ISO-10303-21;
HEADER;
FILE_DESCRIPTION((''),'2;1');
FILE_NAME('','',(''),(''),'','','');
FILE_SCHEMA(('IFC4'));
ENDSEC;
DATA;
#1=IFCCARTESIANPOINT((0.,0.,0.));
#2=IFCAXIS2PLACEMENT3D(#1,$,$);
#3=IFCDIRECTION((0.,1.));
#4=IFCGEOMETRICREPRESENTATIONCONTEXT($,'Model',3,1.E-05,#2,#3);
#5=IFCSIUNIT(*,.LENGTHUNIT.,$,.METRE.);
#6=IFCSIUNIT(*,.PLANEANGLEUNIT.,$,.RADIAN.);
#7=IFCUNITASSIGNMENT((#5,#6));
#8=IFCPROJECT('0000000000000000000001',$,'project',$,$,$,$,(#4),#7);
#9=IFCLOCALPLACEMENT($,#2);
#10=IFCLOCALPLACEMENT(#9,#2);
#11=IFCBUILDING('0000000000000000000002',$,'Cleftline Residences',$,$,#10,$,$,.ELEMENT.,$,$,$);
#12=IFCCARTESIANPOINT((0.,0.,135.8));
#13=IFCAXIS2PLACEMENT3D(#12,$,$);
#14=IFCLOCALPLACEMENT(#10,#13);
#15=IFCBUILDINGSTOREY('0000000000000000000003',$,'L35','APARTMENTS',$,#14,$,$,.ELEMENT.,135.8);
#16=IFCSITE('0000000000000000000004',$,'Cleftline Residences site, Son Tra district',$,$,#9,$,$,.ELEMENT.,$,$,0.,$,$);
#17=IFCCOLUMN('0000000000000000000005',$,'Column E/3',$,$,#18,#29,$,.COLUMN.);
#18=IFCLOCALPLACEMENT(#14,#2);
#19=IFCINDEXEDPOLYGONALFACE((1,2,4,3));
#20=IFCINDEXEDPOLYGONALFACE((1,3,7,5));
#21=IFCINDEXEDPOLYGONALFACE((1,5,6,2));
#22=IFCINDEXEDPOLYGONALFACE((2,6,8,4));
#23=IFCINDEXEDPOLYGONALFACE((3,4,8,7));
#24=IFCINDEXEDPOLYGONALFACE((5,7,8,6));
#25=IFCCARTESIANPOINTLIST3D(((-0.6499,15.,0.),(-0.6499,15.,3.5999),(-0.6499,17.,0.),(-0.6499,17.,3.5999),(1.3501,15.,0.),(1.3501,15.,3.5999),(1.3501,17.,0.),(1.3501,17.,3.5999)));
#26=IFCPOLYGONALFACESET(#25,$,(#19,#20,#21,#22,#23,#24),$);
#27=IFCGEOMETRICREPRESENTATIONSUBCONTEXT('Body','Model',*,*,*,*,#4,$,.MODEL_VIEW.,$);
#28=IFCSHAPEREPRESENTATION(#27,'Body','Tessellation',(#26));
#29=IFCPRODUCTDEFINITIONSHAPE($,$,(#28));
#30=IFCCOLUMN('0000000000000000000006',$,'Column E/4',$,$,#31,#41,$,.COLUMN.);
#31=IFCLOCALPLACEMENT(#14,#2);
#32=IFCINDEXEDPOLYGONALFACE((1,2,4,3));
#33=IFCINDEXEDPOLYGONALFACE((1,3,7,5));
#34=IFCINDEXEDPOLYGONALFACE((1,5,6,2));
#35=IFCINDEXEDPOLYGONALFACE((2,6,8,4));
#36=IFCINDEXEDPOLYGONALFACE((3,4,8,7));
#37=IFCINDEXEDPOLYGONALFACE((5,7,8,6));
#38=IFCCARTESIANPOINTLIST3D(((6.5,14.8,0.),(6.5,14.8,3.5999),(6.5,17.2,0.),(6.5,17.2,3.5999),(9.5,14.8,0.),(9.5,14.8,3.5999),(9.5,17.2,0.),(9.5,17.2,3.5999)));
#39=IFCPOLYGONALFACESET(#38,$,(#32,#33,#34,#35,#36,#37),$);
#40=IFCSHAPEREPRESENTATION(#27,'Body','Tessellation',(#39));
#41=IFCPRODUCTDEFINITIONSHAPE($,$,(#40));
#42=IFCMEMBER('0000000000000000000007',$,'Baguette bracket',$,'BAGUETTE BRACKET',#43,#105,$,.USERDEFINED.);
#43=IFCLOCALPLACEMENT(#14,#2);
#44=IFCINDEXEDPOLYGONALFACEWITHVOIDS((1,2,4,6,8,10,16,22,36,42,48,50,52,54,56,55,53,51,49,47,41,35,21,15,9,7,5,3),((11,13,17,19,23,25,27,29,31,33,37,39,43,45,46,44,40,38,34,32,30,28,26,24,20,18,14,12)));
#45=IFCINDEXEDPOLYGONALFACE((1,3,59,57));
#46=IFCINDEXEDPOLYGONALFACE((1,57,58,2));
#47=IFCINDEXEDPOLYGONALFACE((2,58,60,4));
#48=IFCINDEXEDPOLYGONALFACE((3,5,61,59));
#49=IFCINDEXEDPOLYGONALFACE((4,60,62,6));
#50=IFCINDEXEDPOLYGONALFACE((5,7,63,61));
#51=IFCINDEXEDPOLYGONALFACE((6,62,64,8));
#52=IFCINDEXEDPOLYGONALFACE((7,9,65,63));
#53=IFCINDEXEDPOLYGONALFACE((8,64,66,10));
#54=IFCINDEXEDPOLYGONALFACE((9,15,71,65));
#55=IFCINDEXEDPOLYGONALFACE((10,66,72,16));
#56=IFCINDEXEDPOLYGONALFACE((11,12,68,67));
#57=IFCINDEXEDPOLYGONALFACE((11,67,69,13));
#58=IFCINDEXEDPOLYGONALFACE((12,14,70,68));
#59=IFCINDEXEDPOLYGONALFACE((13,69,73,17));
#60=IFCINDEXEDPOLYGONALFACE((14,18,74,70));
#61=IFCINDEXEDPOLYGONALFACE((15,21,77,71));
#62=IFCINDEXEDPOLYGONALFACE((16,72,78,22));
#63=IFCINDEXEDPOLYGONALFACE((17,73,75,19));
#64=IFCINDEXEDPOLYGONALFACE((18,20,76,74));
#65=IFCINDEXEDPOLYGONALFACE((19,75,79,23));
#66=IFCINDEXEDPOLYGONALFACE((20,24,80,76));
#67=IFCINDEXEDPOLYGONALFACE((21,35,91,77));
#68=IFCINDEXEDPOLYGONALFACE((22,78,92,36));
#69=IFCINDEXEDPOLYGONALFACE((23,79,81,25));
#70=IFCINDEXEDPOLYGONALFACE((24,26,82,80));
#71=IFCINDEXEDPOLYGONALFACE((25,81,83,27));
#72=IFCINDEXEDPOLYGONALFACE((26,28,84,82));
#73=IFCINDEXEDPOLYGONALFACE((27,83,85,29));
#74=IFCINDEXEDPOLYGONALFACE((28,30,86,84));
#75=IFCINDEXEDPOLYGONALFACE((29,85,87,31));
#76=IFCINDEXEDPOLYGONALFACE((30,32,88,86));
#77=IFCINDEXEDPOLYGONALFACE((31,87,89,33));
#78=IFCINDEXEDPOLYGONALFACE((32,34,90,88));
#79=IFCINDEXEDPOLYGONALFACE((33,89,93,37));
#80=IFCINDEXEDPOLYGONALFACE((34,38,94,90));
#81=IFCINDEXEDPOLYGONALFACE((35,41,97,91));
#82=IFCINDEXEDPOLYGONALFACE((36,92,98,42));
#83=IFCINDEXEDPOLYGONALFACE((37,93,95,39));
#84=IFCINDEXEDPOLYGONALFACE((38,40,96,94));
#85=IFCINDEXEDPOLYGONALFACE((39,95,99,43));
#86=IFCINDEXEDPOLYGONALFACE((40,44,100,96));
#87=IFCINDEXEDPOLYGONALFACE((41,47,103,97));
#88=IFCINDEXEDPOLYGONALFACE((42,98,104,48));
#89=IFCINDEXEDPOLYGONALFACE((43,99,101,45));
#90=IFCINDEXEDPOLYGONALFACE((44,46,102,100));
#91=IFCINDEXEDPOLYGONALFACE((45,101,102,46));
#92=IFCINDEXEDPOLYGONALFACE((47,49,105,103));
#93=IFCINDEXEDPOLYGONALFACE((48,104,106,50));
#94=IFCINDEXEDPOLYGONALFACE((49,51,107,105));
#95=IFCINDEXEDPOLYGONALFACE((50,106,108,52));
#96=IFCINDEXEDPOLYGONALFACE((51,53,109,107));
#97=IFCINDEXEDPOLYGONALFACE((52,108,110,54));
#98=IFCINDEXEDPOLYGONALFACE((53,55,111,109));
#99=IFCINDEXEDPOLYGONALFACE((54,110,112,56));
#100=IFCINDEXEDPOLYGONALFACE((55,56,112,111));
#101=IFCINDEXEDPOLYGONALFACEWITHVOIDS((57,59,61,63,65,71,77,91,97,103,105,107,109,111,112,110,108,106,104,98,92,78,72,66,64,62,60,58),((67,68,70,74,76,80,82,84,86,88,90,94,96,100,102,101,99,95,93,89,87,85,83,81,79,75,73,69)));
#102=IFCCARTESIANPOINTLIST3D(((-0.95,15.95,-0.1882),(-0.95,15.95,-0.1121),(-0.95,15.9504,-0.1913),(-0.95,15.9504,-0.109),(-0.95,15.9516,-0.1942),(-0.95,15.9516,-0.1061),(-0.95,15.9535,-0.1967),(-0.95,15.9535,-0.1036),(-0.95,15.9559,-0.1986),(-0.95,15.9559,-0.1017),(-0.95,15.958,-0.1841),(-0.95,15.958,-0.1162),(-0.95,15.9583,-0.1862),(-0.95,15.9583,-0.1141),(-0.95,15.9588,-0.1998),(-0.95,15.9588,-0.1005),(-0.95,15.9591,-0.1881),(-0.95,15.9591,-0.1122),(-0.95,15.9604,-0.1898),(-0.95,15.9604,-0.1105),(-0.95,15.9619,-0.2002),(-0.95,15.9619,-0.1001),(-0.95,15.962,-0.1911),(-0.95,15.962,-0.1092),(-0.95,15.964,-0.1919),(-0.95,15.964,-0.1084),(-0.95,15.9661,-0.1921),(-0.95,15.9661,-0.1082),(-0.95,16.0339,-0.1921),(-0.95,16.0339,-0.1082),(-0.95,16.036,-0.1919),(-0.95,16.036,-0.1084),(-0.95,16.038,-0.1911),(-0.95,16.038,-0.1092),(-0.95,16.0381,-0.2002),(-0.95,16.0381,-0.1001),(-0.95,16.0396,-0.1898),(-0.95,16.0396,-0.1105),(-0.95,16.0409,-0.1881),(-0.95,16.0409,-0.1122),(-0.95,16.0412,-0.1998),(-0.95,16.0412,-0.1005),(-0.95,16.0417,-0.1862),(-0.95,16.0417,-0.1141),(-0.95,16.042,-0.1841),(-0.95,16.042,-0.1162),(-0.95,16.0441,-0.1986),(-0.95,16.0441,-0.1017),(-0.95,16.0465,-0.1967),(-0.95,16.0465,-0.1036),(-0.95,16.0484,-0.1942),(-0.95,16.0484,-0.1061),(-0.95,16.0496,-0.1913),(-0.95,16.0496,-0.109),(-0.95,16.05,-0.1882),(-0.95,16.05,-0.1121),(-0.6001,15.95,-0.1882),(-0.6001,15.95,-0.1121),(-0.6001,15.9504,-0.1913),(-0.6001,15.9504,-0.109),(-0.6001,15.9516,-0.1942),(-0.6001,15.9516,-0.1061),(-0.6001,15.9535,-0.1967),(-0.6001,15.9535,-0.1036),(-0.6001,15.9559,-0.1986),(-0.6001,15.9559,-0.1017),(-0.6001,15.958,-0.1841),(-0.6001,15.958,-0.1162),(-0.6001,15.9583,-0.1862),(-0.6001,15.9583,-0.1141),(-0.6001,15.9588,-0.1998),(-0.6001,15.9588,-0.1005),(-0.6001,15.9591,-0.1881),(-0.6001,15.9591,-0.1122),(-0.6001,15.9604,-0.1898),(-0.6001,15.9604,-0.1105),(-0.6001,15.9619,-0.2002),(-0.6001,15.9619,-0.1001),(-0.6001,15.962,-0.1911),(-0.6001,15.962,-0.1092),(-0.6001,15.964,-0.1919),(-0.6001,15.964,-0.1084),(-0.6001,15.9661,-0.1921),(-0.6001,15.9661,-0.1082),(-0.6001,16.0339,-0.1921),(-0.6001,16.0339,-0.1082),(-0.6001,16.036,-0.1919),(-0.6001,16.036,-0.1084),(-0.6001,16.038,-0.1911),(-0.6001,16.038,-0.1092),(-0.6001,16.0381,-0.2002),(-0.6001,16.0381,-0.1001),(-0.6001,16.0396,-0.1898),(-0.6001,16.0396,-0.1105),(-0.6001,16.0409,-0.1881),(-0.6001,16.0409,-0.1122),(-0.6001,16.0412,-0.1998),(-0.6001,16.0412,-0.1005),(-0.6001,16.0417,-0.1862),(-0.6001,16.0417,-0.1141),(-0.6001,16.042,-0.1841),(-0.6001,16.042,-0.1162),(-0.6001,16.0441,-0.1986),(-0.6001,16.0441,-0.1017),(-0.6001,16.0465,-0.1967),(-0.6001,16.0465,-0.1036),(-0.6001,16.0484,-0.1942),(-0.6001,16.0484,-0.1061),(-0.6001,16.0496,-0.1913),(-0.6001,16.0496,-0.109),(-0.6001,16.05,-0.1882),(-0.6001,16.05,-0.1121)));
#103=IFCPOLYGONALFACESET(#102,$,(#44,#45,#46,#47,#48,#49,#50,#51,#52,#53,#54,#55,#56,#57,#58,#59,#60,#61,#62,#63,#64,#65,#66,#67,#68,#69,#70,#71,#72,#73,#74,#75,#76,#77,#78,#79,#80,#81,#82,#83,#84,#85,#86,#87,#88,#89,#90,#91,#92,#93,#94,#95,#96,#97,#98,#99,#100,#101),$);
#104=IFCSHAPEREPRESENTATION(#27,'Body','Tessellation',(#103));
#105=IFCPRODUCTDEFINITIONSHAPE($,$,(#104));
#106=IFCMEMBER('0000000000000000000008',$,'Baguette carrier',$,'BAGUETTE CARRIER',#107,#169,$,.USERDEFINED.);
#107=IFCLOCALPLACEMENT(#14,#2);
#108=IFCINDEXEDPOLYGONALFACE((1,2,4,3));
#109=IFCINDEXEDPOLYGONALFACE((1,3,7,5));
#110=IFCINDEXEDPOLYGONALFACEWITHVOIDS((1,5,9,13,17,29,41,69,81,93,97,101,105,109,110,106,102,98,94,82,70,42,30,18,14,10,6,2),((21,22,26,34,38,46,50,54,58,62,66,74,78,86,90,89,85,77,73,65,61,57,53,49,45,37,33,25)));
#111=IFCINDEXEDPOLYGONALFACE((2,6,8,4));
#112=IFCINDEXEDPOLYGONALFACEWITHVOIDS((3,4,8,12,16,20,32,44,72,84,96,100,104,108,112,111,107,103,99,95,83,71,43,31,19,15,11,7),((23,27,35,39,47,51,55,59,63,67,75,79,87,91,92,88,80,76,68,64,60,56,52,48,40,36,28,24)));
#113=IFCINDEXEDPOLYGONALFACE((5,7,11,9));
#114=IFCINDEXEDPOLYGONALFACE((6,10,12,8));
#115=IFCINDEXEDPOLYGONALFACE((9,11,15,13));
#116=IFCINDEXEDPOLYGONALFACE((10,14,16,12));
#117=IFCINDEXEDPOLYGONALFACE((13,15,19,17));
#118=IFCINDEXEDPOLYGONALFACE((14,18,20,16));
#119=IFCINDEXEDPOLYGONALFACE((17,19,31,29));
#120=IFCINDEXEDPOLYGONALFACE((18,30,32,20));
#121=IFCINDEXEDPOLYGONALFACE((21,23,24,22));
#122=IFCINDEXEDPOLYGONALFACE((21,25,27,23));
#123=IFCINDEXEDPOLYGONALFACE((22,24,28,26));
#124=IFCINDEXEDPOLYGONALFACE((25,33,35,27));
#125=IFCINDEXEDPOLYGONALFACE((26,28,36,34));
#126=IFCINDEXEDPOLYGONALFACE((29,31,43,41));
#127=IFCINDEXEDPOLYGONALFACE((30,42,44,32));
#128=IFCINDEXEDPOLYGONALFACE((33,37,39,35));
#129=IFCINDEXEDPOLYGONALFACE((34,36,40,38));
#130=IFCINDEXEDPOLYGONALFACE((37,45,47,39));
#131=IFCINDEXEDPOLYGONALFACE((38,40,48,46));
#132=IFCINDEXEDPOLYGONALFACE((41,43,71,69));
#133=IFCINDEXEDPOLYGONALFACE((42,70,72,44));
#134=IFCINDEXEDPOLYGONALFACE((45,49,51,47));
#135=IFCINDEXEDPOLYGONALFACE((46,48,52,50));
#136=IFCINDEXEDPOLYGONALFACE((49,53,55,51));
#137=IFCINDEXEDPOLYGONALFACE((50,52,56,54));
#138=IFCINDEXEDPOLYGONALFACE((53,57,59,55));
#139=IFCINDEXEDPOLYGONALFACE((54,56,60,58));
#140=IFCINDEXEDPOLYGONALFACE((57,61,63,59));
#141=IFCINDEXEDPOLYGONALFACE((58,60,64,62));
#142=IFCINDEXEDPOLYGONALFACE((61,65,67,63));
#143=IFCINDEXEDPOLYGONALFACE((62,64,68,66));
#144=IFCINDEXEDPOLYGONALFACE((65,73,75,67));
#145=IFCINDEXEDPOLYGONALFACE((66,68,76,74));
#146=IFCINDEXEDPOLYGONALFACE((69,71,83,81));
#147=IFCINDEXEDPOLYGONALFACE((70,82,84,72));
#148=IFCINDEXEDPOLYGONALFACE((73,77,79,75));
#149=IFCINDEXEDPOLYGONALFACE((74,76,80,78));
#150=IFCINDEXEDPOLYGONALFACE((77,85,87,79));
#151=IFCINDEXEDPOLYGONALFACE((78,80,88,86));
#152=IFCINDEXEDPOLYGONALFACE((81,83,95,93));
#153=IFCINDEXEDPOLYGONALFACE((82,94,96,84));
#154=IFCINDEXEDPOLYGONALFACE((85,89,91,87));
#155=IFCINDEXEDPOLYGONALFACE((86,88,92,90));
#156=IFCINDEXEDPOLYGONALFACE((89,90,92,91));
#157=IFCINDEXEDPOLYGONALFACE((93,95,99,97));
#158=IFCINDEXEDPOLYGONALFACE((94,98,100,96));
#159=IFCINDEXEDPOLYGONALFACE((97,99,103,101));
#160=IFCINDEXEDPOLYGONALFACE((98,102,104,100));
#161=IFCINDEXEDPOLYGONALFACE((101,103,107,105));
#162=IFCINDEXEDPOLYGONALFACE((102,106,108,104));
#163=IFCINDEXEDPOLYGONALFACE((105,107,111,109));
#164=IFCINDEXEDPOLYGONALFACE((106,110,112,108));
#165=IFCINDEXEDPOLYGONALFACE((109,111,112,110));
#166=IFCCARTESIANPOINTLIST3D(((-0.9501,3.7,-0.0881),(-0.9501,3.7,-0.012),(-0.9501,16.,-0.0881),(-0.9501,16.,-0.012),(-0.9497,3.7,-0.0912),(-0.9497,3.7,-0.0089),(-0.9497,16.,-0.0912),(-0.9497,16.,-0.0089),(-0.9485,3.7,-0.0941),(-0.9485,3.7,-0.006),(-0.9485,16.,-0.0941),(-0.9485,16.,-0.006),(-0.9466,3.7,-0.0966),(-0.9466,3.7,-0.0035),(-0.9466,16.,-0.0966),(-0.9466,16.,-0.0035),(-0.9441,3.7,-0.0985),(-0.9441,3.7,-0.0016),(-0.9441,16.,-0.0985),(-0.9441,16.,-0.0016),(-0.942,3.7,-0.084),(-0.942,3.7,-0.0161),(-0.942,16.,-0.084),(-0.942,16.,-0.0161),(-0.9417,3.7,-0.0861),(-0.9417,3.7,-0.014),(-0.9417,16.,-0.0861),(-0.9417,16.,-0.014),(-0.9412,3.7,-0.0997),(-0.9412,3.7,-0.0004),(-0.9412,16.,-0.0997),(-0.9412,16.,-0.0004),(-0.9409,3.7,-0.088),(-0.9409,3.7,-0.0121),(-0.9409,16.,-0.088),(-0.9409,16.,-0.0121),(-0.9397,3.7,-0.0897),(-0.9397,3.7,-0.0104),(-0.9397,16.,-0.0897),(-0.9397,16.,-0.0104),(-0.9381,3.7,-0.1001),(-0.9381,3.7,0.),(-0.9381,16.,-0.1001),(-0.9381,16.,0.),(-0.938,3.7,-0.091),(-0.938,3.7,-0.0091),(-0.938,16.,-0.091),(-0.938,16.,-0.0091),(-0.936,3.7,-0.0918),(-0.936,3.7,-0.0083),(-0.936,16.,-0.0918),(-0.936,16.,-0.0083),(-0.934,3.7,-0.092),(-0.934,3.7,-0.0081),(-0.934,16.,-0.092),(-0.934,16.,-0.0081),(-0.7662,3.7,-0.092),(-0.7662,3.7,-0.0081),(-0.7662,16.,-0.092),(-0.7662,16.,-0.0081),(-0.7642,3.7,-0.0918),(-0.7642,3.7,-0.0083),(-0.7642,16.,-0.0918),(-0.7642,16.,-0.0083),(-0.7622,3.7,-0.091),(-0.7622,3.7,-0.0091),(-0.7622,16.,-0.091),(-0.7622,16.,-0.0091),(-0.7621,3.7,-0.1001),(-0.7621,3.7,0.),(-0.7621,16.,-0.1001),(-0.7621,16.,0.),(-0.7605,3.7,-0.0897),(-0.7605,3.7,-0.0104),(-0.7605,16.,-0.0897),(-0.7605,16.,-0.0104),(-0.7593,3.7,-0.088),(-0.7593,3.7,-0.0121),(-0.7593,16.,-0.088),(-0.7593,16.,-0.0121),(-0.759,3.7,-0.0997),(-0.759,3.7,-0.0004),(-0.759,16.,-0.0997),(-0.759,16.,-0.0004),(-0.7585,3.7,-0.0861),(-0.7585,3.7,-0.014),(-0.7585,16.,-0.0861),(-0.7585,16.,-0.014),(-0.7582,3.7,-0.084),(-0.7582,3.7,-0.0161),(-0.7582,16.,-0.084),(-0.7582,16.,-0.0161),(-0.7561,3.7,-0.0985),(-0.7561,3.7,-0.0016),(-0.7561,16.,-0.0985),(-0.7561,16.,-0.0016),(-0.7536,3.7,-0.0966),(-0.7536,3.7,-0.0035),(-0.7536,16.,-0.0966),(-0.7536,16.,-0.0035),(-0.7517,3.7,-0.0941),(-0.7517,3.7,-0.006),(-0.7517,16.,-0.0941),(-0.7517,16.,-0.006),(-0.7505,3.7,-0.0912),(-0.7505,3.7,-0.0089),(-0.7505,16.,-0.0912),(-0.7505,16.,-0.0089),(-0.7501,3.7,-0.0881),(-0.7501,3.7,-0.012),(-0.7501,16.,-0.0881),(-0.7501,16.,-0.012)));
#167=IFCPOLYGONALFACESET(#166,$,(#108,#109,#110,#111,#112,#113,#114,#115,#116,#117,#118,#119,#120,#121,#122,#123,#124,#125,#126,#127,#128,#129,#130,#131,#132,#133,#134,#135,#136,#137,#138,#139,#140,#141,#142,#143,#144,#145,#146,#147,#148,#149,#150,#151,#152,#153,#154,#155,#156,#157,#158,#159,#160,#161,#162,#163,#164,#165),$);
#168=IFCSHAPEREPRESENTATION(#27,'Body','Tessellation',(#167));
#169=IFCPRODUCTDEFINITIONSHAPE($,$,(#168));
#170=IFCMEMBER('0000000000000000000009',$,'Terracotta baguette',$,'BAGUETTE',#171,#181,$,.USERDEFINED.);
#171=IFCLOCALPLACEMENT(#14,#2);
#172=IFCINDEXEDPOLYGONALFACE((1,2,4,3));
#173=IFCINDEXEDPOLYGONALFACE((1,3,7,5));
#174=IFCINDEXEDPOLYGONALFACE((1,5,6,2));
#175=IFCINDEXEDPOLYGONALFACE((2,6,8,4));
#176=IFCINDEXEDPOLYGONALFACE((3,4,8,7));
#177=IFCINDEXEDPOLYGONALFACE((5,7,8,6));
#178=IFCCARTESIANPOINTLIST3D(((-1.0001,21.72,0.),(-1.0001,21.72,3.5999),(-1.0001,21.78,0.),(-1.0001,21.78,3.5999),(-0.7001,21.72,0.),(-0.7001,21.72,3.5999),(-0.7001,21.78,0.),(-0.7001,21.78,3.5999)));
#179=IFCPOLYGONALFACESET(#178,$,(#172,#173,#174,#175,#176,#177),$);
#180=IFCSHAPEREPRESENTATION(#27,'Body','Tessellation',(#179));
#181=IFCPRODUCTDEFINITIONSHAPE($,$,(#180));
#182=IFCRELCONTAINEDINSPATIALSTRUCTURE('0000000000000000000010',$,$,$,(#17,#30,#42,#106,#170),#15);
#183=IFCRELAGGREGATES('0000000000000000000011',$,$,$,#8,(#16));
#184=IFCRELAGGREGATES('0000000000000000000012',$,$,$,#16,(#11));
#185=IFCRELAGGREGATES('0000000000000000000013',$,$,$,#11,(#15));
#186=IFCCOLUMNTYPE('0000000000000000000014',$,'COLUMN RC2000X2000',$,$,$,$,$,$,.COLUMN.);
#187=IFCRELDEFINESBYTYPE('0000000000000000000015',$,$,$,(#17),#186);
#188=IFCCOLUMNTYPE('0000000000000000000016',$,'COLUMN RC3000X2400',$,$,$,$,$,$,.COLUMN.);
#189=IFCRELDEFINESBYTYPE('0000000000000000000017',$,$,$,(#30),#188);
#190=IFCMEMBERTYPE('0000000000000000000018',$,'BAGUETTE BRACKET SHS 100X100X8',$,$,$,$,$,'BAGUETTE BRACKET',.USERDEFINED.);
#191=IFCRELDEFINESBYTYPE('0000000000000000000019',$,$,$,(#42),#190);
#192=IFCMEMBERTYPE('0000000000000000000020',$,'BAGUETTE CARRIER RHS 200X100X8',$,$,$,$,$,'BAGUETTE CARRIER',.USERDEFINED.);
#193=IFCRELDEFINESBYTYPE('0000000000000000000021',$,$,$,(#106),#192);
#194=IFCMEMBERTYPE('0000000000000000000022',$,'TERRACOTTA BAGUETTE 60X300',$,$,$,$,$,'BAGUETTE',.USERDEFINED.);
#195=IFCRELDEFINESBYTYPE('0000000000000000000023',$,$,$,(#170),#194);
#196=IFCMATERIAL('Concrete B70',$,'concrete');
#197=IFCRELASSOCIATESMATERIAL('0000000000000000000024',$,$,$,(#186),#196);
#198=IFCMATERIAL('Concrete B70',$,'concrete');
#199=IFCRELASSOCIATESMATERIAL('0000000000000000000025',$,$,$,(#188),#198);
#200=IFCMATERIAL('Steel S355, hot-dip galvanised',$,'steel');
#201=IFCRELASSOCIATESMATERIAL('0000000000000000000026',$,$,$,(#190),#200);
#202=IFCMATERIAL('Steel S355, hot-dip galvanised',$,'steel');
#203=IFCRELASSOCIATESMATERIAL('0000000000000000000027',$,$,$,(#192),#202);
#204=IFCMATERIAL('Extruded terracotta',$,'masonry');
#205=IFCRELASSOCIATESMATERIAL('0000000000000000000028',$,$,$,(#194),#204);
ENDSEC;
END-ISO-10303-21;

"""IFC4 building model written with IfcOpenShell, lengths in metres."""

from ifc_helpers import new_model, si_unit, direction, frame, origin, origin_2d, place, context, subcontext, project, spatial, rectangle, hollow_rectangle, extrude, material, material_profile, profile_set, type_object, element, save


model = new_model("IFC4")

# Units and contexts
model_context = context("Model", 3, precision=1e-05, world=origin(), true_north=direction((0.0, 1.0)))
body_context = subcontext(model_context, "Body", "Model", "MODEL_VIEW")
ifc_project = project(units=[si_unit("LENGTHUNIT", "METRE"), si_unit("PLANEANGLEUNIT", "RADIAN")], contexts=[model_context])

# Site, building, storey
site_placement = place(None, origin())
site = spatial("IfcSite", under=ifc_project, at=site_placement, Name="Cleftline Residences site, Son Tra district", CompositionType="ELEMENT", RefElevation=0.0)
building_placement = place(site_placement, origin())
building = spatial("IfcBuilding", under=site, at=building_placement, Name="Cleftline Residences", CompositionType="ELEMENT")
storey_placement = place(building_placement, frame((0.0, 0.0, 135.8)))
storey = spatial("IfcBuildingStorey", under=building, at=storey_placement, Name="L35", Description="APARTMENTS", CompositionType="ELEMENT", Elevation=135.8)

# Columns
ifc_material_1 = material(Name="Concrete B70", Category="concrete")
ifc_material_profile_1 = material_profile(ifc_material_1, rectangle(XDim=2.0, YDim=2.0, at=origin_2d()))
ifc_profile_set_1 = profile_set([ifc_material_profile_1], Name="Concrete B70")
column_type_1 = type_object("IfcColumnType", Name="COLUMN RC2000X2000", PredefinedType="COLUMN", material=ifc_profile_set_1)
column_1_placement = place(storey_placement, frame((0.3501, 16.0, 0.0), z_axis=(0.0, 0.0, 1.0), x_axis=(1.0, 0.0, 0.0)))
element("IfcColumn", 1, at=column_1_placement, inside=storey, type_object=column_type_1, Name="Column E/3", PredefinedType="COLUMN", context=body_context, shape_type="SweptSolid", body=[
    extrude(rectangle(XDim=2.0, YDim=2.0, at=origin_2d()), origin(), (0.0, 0.0, 1.0), 3.5999),
])
ifc_material_2 = material(Name="Concrete B70", Category="concrete")
ifc_material_profile_2 = material_profile(ifc_material_2, rectangle(XDim=3.0, YDim=2.3999, at=origin_2d()))
ifc_profile_set_2 = profile_set([ifc_material_profile_2], Name="Concrete B70")
column_type_2 = type_object("IfcColumnType", Name="COLUMN RC3000X2400", PredefinedType="COLUMN", material=ifc_profile_set_2)
column_2_placement = place(storey_placement, frame((8.0, 16.0, 0.0), z_axis=(0.0, 0.0, 1.0), x_axis=(1.0, 0.0, 0.0)))
element("IfcColumn", 2, at=column_2_placement, inside=storey, type_object=column_type_2, Name="Column E/4", PredefinedType="COLUMN", context=body_context, shape_type="SweptSolid", body=[
    extrude(rectangle(XDim=3.0, YDim=2.3999, at=origin_2d()), origin(), (0.0, 0.0, 1.0), 3.5999),
])

# Members
ifc_material_3 = material(Name="Steel S355, hot-dip galvanised", Category="steel")
ifc_material_profile_3 = material_profile(ifc_material_3, hollow_rectangle(XDim=0.1001, YDim=0.1001, WallThickness=0.0081, InnerFilletRadius=0.0081, OuterFilletRadius=0.012, at=origin_2d()))
ifc_profile_set_3 = profile_set([ifc_material_profile_3], Name="Steel S355, hot-dip galvanised")
member_type_1 = type_object("IfcMemberType", Name="BAGUETTE BRACKET SHS 100X100X8", ElementType="BAGUETTE BRACKET", PredefinedType="USERDEFINED", material=ifc_profile_set_3)
member_1_placement = place(storey_placement, frame((-0.6001, 16.0, -0.1501), z_axis=(-1.0, 0.0, 0.0), x_axis=(0.0, -1.0, 0.0)))
element("IfcMember", 3, at=member_1_placement, inside=storey, type_object=member_type_1, Name="Baguette bracket", ObjectType="BAGUETTE BRACKET", PredefinedType="USERDEFINED", context=body_context, shape_type="SweptSolid", body=[
    extrude(hollow_rectangle(XDim=0.1001, YDim=0.1001, WallThickness=0.0081, InnerFilletRadius=0.0081, OuterFilletRadius=0.012, at=origin_2d()), origin(), (0.0, 0.0, 1.0), 0.3499),
])
ifc_material_4 = material(Name="Steel S355, hot-dip galvanised", Category="steel")
ifc_material_profile_4 = material_profile(ifc_material_4, hollow_rectangle(XDim=0.1001, YDim=0.2, WallThickness=0.0081, InnerFilletRadius=0.0081, OuterFilletRadius=0.012, at=origin_2d()))
ifc_profile_set_4 = profile_set([ifc_material_profile_4], Name="Steel S355, hot-dip galvanised")
member_type_2 = type_object("IfcMemberType", Name="BAGUETTE CARRIER RHS 200X100X8", ElementType="BAGUETTE CARRIER", PredefinedType="USERDEFINED", material=ifc_profile_set_4)
member_2_placement = place(storey_placement, frame((-0.8501, 16.0, -0.05), z_axis=(0.0, -1.0, 0.0), x_axis=(0.0, 0.0, 1.0)))
element("IfcMember", 4, at=member_2_placement, inside=storey, type_object=member_type_2, Name="Baguette carrier", ObjectType="BAGUETTE CARRIER", PredefinedType="USERDEFINED", context=body_context, shape_type="SweptSolid", body=[
    extrude(hollow_rectangle(XDim=0.1001, YDim=0.2, WallThickness=0.0081, InnerFilletRadius=0.0081, OuterFilletRadius=0.012, at=origin_2d()), origin(), (0.0, 0.0, 1.0), 12.3),
])
ifc_material_5 = material(Name="Extruded terracotta", Category="masonry")
ifc_material_profile_5 = material_profile(ifc_material_5, rectangle(XDim=0.0601, YDim=0.3, at=origin_2d()))
ifc_profile_set_5 = profile_set([ifc_material_profile_5], Name="Extruded terracotta")
member_type_3 = type_object("IfcMemberType", Name="TERRACOTTA BAGUETTE 60X300", ElementType="BAGUETTE", PredefinedType="USERDEFINED", material=ifc_profile_set_5)
for number, where, z_axis, x_axis, name in (
    (5, (-0.8501, 21.75, 0.0), (0.0, 0.0, 1.0), (0.0, 1.0, 0.0), "Terracotta baguette"),
):
    element("IfcMember", number, at=place(storey_placement, frame(where, z_axis=z_axis, x_axis=x_axis)), inside=storey, type_object=member_type_3, Name=name, ObjectType="BAGUETTE", PredefinedType="USERDEFINED", context=body_context, shape_type="SweptSolid", body=[
        extrude(rectangle(XDim=0.0601, YDim=0.3, at=origin_2d()), origin(), (0.0, 0.0, 1.0), 3.5999),
    ])

save(model, "model.ifc")
